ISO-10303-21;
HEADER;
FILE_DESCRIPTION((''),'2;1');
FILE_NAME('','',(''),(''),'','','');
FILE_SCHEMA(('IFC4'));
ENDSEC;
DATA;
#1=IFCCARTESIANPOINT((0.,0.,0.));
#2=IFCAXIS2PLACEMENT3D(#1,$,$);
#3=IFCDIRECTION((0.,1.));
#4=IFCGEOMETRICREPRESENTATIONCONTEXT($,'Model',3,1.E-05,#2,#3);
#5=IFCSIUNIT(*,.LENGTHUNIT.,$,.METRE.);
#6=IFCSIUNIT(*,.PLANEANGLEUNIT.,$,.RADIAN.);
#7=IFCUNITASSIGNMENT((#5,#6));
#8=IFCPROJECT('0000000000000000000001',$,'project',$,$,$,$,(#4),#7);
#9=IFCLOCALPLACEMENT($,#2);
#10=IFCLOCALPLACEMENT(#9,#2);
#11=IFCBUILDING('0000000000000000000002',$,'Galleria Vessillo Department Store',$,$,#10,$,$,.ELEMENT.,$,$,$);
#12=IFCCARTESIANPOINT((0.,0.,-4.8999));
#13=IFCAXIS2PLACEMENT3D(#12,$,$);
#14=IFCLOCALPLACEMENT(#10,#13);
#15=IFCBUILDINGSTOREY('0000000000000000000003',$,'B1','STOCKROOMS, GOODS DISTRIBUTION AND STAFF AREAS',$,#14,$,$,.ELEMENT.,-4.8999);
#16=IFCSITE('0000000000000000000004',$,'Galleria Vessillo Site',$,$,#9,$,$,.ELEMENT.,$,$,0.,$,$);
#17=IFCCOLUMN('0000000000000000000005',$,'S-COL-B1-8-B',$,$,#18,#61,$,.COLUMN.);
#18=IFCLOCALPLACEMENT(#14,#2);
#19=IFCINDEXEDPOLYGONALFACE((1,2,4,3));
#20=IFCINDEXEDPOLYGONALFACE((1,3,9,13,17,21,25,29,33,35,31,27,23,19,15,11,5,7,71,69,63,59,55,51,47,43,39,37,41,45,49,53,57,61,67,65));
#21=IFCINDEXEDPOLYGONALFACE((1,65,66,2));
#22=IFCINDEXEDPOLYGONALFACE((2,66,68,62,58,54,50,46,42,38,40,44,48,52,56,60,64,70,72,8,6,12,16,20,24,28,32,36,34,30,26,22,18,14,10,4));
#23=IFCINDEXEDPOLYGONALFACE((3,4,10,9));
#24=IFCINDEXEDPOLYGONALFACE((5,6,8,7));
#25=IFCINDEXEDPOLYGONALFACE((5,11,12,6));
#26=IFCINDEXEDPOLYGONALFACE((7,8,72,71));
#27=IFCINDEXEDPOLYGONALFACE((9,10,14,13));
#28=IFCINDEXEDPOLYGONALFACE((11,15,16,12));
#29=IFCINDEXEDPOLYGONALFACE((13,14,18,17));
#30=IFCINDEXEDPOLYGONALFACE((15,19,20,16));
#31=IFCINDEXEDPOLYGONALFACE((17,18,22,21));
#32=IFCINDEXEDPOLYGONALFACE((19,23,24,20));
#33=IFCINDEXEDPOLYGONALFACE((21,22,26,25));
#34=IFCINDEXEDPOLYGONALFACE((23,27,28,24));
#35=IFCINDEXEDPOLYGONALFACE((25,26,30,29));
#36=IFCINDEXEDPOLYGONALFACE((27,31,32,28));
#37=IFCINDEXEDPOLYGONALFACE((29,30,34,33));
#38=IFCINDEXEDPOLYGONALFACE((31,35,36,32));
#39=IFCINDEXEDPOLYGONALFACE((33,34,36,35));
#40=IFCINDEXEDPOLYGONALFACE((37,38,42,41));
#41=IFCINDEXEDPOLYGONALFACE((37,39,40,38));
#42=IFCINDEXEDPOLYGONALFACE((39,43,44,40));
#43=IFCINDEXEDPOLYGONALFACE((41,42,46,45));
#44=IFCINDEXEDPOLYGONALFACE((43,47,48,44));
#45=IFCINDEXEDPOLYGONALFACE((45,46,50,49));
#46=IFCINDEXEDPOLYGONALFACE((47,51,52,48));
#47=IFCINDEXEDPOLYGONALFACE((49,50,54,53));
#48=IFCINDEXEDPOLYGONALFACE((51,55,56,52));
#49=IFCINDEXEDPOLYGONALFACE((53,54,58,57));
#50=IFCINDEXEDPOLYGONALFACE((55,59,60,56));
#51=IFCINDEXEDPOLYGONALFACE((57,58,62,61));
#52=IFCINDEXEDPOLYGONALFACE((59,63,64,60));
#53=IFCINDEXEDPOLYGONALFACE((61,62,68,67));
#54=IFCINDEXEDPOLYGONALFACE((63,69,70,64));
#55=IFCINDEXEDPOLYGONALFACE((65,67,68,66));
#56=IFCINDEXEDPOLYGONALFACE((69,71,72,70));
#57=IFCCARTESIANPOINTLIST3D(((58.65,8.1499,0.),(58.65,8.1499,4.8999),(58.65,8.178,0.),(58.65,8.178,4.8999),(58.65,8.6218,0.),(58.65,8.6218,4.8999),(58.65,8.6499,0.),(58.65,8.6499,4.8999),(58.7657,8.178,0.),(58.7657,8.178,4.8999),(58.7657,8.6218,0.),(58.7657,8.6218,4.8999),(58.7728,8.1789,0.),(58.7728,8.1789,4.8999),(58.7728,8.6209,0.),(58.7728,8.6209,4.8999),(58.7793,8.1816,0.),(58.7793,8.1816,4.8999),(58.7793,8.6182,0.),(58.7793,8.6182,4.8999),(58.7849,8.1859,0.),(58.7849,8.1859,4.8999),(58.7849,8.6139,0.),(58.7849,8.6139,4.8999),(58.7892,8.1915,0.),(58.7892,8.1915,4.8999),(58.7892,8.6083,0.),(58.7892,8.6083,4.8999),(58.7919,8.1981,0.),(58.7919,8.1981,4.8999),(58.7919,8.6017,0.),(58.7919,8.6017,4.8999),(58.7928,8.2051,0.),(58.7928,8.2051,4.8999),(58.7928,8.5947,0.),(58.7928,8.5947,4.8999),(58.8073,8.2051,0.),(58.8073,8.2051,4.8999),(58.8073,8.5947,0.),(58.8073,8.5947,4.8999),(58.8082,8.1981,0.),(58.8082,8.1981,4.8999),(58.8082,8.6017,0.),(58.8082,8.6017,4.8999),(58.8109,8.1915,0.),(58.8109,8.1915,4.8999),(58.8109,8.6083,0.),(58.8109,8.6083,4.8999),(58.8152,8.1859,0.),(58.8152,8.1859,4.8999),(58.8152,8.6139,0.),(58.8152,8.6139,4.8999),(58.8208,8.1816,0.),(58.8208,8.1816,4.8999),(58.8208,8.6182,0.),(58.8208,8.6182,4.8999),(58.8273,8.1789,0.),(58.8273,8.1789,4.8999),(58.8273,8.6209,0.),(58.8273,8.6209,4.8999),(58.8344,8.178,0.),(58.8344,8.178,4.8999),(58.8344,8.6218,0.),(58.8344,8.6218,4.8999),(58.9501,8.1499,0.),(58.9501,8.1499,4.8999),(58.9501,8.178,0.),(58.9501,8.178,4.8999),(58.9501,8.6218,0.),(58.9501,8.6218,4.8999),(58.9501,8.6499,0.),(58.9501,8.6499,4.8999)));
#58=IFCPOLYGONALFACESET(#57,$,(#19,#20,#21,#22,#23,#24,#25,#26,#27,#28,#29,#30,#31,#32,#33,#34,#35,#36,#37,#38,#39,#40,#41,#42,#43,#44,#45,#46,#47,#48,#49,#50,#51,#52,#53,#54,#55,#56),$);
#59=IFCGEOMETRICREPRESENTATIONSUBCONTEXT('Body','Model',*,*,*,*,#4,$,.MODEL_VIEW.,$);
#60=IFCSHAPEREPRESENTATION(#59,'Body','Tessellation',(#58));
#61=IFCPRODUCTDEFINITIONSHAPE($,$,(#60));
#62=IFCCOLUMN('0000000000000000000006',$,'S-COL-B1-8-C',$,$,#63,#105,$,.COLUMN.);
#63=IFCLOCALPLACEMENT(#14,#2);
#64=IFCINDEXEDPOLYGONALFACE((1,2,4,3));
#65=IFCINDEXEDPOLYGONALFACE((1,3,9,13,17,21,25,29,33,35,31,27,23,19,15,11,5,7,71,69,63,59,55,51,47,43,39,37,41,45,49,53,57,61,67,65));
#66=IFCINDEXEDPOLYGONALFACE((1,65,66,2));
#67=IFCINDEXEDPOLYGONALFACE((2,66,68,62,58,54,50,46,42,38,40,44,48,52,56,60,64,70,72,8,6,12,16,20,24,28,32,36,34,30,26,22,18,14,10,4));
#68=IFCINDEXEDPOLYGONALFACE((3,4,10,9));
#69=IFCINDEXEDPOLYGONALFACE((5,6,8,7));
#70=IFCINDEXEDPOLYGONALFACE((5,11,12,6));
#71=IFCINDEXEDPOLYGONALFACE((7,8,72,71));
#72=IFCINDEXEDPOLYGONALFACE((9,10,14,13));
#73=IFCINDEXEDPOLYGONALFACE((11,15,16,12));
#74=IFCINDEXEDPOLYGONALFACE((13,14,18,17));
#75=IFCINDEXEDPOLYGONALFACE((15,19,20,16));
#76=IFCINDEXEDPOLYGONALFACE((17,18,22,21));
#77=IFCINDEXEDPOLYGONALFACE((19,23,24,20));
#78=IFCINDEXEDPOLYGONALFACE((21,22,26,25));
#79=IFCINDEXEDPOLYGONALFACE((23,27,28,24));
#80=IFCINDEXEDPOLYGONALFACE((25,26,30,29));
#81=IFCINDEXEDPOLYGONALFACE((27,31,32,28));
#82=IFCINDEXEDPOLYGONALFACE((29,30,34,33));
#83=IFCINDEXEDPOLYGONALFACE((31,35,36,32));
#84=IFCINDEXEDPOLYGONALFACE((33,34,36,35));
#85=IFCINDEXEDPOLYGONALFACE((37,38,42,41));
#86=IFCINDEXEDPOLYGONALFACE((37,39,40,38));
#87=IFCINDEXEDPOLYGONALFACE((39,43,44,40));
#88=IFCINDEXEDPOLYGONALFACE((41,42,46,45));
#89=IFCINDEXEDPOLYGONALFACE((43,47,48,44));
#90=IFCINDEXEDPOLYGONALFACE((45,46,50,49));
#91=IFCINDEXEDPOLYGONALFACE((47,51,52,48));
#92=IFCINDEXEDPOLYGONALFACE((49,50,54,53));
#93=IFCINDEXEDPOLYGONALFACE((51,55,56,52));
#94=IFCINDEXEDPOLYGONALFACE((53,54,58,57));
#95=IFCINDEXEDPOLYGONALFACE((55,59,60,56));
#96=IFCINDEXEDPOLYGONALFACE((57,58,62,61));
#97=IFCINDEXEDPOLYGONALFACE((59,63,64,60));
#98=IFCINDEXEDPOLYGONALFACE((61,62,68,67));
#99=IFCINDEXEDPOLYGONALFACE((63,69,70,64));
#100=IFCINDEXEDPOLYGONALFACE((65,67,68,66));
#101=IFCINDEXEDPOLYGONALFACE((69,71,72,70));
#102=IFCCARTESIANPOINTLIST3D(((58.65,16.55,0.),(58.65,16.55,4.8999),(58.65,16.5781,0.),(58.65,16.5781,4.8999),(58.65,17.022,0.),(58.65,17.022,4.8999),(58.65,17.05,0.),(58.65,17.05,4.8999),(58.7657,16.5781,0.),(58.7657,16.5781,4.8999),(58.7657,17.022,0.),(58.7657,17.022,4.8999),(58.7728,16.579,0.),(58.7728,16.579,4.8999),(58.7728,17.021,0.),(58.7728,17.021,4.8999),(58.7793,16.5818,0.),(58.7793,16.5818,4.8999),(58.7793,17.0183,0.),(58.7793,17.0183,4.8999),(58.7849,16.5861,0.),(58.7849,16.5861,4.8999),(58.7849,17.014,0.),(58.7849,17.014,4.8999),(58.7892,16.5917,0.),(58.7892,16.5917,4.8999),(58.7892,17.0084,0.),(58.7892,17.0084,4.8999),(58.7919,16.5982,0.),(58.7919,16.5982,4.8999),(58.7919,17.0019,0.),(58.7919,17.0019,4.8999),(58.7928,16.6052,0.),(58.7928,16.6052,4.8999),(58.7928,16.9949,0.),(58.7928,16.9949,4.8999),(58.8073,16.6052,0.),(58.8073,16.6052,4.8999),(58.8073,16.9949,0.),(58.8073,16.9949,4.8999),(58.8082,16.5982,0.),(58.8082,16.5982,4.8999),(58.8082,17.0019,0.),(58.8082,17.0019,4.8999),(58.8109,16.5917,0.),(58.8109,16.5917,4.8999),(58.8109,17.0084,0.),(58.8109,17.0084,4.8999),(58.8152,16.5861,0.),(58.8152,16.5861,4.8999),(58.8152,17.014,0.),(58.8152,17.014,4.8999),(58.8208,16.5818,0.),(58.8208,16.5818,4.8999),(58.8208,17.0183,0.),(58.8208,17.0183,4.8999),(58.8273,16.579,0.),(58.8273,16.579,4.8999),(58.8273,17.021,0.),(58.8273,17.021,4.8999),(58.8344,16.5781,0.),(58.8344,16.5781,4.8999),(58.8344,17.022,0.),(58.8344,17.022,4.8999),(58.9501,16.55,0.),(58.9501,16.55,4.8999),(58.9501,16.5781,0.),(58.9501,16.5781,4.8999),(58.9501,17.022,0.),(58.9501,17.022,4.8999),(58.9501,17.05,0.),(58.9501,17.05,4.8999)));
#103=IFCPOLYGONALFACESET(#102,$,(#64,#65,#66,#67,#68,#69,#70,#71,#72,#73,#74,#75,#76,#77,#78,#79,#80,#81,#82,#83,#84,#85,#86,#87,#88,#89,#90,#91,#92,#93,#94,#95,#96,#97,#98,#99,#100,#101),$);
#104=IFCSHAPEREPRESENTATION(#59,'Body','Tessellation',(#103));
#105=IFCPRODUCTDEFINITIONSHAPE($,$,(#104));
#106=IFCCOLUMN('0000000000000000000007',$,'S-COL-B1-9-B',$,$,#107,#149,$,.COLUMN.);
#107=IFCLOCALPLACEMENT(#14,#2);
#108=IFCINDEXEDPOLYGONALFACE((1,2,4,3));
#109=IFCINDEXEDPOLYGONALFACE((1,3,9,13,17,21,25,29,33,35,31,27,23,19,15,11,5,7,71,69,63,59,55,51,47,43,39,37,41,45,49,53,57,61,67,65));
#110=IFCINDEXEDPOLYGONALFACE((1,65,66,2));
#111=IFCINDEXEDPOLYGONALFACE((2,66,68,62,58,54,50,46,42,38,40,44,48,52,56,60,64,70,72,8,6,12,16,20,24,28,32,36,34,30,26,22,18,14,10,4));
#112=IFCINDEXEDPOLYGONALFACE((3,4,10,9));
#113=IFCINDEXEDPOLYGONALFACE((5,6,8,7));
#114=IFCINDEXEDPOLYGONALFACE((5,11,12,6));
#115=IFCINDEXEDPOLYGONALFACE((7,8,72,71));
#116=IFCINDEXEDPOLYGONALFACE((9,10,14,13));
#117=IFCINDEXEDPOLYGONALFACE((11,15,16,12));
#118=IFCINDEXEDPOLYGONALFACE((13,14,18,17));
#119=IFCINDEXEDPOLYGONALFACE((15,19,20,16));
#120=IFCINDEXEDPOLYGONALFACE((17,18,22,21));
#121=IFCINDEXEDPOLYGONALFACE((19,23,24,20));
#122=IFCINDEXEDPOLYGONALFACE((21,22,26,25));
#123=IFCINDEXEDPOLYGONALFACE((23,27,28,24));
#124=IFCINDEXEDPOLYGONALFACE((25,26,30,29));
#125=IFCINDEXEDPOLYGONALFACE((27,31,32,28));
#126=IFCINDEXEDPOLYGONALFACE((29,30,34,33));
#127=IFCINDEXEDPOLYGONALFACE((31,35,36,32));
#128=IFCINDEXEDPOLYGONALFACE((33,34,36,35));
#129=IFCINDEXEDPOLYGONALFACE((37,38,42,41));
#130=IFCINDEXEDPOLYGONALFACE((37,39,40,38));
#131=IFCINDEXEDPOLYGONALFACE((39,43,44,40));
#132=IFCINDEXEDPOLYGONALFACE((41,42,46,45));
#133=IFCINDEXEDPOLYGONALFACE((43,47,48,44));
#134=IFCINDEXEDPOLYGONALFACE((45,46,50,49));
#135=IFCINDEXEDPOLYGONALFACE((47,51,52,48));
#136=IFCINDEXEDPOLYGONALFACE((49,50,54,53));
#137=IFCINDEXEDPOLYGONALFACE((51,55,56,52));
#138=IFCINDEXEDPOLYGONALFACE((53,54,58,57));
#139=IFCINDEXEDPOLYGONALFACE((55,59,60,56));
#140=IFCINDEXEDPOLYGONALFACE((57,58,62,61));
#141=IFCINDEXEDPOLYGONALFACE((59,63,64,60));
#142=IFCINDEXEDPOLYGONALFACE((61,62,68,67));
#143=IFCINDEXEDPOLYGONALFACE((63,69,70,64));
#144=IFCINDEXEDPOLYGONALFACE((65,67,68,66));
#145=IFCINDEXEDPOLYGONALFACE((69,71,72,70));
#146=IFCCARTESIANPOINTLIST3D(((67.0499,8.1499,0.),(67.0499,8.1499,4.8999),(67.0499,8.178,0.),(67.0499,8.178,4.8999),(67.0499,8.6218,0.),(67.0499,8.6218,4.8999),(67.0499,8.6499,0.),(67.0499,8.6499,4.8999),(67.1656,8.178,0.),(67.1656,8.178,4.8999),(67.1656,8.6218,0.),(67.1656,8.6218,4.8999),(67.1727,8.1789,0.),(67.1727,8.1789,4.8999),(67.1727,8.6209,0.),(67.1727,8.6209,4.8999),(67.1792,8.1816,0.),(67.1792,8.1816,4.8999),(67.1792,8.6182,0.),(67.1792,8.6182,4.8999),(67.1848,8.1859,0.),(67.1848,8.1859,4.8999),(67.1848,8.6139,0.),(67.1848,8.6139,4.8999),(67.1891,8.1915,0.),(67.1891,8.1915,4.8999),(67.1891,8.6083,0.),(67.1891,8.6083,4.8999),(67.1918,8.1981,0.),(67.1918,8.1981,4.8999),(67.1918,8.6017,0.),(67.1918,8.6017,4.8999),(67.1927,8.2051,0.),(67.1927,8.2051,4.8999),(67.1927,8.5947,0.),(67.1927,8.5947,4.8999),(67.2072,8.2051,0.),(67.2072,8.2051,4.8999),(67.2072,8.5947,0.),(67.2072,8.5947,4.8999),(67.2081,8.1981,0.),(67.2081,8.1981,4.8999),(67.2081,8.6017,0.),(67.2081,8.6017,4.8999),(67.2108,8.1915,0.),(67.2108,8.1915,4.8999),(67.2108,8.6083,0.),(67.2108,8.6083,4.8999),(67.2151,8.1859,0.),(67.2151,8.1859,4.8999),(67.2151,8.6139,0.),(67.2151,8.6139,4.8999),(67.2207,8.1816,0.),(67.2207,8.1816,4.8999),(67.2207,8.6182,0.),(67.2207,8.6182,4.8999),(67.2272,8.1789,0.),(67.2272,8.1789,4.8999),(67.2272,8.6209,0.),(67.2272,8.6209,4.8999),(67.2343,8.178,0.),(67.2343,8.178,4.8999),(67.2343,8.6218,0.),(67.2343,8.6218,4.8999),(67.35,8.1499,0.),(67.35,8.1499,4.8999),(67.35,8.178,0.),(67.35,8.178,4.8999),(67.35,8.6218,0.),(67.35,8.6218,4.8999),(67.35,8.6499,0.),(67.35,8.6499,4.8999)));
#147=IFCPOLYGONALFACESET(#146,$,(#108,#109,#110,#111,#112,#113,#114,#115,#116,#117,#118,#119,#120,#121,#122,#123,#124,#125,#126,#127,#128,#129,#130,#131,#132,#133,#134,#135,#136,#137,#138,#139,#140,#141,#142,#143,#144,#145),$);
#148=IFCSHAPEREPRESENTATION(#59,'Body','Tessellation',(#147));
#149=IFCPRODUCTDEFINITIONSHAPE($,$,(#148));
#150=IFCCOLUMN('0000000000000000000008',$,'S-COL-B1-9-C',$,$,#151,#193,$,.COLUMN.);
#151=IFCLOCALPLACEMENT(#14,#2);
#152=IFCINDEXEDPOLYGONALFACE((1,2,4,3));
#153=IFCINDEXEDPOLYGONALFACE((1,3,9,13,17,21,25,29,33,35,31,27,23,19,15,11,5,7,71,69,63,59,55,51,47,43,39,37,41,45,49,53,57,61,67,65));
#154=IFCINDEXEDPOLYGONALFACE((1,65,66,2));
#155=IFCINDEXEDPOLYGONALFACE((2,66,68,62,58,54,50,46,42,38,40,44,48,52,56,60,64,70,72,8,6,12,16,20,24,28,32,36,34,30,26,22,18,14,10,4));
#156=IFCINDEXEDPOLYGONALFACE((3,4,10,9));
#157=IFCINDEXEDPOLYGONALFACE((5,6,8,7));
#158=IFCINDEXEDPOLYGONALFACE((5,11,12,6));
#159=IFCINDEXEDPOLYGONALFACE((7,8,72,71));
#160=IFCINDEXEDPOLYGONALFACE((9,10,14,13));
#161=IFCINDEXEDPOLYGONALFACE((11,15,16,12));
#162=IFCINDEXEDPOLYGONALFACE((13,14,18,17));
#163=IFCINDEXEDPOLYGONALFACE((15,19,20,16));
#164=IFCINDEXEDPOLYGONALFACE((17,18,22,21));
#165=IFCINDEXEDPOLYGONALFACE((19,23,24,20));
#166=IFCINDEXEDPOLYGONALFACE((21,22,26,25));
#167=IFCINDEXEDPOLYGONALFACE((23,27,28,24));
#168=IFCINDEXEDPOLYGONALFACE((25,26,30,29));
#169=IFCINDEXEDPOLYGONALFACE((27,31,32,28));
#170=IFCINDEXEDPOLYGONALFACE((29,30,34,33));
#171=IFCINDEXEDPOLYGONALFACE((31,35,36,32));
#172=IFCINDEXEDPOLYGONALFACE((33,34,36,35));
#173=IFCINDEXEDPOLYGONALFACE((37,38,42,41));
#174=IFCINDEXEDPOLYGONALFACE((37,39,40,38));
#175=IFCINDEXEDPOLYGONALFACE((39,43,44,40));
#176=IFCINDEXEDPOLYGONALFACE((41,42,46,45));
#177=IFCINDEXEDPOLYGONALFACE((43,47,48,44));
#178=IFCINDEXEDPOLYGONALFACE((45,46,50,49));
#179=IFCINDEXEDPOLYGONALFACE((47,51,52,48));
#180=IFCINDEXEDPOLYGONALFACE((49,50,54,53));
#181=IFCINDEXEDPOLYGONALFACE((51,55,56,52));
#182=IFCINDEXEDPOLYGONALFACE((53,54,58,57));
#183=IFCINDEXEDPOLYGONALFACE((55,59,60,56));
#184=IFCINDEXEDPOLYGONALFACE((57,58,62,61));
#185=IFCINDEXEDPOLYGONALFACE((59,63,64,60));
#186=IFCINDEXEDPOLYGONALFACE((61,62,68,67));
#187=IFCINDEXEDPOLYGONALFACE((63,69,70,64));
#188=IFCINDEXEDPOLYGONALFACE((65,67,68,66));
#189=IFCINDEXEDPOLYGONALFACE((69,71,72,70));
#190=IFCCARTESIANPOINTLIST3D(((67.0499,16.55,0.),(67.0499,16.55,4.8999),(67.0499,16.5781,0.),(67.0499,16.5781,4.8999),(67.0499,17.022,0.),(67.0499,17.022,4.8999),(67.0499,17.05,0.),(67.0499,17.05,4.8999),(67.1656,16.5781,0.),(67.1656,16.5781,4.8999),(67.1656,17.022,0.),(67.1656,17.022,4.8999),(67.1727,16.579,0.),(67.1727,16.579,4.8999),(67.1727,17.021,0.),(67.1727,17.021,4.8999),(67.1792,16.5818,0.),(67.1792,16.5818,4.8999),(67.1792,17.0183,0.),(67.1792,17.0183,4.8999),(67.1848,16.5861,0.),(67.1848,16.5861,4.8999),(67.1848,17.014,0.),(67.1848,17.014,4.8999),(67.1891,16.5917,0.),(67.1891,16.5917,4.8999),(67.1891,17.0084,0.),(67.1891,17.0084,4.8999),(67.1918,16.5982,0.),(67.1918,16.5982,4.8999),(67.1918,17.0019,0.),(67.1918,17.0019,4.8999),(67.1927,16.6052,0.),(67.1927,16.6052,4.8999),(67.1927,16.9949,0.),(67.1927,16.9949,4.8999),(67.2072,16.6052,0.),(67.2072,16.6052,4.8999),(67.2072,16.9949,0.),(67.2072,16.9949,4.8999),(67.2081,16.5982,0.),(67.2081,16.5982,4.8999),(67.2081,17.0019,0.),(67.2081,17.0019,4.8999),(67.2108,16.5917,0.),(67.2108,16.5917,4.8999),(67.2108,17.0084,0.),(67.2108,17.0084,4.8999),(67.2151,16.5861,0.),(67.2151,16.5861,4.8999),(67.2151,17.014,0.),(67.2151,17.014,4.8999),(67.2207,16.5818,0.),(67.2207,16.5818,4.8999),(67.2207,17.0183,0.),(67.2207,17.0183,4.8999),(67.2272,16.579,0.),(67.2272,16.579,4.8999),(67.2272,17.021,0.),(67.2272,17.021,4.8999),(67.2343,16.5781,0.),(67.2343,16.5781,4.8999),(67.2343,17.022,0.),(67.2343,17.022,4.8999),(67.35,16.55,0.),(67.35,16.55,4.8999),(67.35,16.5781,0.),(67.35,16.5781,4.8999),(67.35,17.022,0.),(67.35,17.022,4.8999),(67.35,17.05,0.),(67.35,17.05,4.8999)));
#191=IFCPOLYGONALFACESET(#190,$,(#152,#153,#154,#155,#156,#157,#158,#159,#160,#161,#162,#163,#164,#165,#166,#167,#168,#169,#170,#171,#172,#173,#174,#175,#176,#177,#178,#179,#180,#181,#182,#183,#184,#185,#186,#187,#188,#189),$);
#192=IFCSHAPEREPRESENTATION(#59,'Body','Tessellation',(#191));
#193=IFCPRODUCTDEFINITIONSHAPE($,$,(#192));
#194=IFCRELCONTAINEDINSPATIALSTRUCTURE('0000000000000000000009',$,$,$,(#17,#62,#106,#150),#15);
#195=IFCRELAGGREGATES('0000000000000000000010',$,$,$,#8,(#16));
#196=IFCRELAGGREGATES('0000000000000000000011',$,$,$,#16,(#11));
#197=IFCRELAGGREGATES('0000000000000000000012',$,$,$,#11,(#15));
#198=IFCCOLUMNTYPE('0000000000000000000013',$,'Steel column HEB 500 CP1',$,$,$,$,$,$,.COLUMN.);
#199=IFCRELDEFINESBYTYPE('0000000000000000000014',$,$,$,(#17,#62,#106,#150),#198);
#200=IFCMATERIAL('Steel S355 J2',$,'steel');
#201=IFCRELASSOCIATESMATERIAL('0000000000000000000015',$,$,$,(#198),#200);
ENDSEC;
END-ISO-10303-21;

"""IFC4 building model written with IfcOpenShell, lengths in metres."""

from ifc_helpers import new_model, si_unit, direction, frame, origin, origin_2d, place, context, subcontext, project, spatial, i_section, extrude, material, material_profile, profile_set, type_object, element, save


model = new_model("IFC4")

# Units and contexts
model_context = context("Model", 3, precision=1e-05, world=origin(), true_north=direction((0.0, 1.0)))
body_context = subcontext(model_context, "Body", "Model", "MODEL_VIEW")
ifc_project = project(units=[si_unit("LENGTHUNIT", "METRE"), si_unit("PLANEANGLEUNIT", "RADIAN")], contexts=[model_context])

# Site, building, storey
site_placement = place(None, origin())
site = spatial("IfcSite", under=ifc_project, at=site_placement, Name="Galleria Vessillo Site", CompositionType="ELEMENT", RefElevation=0.0)
building_placement = place(site_placement, origin())
building = spatial("IfcBuilding", under=site, at=building_placement, Name="Galleria Vessillo Department Store", CompositionType="ELEMENT")
storey_placement = place(building_placement, frame((0.0, 0.0, -4.8999)))
storey = spatial("IfcBuildingStorey", under=building, at=storey_placement, Name="B1", Description="STOCKROOMS, GOODS DISTRIBUTION AND STAFF AREAS", CompositionType="ELEMENT", Elevation=-4.8999)

# Columns
ifc_material_1 = material(Name="Steel S355 J2", Category="steel")
ifc_material_profile = material_profile(ifc_material_1, i_section(OverallWidth=0.3, OverallDepth=0.5, WebThickness=0.0144, FlangeThickness=0.0281, FilletRadius=0.0271, at=origin_2d()), Name="HEB 500")
ifc_profile_set = profile_set([ifc_material_profile], Name="Steel S355 J2")
column_type = type_object("IfcColumnType", Name="Steel column HEB 500 CP1", PredefinedType="COLUMN", material=ifc_profile_set)
for number, where, z_axis, x_axis, name in (
    (1, (58.8, 8.3999, 0.0), (0.0, 0.0, 1.0), (1.0, 0.0, 0.0), "S-COL-B1-8-B"),
    (2, (58.8, 16.8, 0.0), (0.0, 0.0, 1.0), (1.0, 0.0, 0.0), "S-COL-B1-8-C"),
    (3, (67.2, 8.3999, 0.0), (0.0, 0.0, 1.0), (1.0, 0.0, 0.0), "S-COL-B1-9-B"),
    (4, (67.2, 16.8, 0.0), (0.0, 0.0, 1.0), (1.0, 0.0, 0.0), "S-COL-B1-9-C"),
):
    element("IfcColumn", number, at=place(storey_placement, frame(where, z_axis=z_axis, x_axis=x_axis)), inside=storey, type_object=column_type, Name=name, PredefinedType="COLUMN", context=body_context, shape_type="SweptSolid", body=[
        extrude(i_section(OverallWidth=0.3, OverallDepth=0.5, WebThickness=0.0144, FlangeThickness=0.0281, FilletRadius=0.0271, at=origin_2d()), origin(), (0.0, 0.0, 1.0), 4.8999),
    ])

save(model, "model.ifc")
